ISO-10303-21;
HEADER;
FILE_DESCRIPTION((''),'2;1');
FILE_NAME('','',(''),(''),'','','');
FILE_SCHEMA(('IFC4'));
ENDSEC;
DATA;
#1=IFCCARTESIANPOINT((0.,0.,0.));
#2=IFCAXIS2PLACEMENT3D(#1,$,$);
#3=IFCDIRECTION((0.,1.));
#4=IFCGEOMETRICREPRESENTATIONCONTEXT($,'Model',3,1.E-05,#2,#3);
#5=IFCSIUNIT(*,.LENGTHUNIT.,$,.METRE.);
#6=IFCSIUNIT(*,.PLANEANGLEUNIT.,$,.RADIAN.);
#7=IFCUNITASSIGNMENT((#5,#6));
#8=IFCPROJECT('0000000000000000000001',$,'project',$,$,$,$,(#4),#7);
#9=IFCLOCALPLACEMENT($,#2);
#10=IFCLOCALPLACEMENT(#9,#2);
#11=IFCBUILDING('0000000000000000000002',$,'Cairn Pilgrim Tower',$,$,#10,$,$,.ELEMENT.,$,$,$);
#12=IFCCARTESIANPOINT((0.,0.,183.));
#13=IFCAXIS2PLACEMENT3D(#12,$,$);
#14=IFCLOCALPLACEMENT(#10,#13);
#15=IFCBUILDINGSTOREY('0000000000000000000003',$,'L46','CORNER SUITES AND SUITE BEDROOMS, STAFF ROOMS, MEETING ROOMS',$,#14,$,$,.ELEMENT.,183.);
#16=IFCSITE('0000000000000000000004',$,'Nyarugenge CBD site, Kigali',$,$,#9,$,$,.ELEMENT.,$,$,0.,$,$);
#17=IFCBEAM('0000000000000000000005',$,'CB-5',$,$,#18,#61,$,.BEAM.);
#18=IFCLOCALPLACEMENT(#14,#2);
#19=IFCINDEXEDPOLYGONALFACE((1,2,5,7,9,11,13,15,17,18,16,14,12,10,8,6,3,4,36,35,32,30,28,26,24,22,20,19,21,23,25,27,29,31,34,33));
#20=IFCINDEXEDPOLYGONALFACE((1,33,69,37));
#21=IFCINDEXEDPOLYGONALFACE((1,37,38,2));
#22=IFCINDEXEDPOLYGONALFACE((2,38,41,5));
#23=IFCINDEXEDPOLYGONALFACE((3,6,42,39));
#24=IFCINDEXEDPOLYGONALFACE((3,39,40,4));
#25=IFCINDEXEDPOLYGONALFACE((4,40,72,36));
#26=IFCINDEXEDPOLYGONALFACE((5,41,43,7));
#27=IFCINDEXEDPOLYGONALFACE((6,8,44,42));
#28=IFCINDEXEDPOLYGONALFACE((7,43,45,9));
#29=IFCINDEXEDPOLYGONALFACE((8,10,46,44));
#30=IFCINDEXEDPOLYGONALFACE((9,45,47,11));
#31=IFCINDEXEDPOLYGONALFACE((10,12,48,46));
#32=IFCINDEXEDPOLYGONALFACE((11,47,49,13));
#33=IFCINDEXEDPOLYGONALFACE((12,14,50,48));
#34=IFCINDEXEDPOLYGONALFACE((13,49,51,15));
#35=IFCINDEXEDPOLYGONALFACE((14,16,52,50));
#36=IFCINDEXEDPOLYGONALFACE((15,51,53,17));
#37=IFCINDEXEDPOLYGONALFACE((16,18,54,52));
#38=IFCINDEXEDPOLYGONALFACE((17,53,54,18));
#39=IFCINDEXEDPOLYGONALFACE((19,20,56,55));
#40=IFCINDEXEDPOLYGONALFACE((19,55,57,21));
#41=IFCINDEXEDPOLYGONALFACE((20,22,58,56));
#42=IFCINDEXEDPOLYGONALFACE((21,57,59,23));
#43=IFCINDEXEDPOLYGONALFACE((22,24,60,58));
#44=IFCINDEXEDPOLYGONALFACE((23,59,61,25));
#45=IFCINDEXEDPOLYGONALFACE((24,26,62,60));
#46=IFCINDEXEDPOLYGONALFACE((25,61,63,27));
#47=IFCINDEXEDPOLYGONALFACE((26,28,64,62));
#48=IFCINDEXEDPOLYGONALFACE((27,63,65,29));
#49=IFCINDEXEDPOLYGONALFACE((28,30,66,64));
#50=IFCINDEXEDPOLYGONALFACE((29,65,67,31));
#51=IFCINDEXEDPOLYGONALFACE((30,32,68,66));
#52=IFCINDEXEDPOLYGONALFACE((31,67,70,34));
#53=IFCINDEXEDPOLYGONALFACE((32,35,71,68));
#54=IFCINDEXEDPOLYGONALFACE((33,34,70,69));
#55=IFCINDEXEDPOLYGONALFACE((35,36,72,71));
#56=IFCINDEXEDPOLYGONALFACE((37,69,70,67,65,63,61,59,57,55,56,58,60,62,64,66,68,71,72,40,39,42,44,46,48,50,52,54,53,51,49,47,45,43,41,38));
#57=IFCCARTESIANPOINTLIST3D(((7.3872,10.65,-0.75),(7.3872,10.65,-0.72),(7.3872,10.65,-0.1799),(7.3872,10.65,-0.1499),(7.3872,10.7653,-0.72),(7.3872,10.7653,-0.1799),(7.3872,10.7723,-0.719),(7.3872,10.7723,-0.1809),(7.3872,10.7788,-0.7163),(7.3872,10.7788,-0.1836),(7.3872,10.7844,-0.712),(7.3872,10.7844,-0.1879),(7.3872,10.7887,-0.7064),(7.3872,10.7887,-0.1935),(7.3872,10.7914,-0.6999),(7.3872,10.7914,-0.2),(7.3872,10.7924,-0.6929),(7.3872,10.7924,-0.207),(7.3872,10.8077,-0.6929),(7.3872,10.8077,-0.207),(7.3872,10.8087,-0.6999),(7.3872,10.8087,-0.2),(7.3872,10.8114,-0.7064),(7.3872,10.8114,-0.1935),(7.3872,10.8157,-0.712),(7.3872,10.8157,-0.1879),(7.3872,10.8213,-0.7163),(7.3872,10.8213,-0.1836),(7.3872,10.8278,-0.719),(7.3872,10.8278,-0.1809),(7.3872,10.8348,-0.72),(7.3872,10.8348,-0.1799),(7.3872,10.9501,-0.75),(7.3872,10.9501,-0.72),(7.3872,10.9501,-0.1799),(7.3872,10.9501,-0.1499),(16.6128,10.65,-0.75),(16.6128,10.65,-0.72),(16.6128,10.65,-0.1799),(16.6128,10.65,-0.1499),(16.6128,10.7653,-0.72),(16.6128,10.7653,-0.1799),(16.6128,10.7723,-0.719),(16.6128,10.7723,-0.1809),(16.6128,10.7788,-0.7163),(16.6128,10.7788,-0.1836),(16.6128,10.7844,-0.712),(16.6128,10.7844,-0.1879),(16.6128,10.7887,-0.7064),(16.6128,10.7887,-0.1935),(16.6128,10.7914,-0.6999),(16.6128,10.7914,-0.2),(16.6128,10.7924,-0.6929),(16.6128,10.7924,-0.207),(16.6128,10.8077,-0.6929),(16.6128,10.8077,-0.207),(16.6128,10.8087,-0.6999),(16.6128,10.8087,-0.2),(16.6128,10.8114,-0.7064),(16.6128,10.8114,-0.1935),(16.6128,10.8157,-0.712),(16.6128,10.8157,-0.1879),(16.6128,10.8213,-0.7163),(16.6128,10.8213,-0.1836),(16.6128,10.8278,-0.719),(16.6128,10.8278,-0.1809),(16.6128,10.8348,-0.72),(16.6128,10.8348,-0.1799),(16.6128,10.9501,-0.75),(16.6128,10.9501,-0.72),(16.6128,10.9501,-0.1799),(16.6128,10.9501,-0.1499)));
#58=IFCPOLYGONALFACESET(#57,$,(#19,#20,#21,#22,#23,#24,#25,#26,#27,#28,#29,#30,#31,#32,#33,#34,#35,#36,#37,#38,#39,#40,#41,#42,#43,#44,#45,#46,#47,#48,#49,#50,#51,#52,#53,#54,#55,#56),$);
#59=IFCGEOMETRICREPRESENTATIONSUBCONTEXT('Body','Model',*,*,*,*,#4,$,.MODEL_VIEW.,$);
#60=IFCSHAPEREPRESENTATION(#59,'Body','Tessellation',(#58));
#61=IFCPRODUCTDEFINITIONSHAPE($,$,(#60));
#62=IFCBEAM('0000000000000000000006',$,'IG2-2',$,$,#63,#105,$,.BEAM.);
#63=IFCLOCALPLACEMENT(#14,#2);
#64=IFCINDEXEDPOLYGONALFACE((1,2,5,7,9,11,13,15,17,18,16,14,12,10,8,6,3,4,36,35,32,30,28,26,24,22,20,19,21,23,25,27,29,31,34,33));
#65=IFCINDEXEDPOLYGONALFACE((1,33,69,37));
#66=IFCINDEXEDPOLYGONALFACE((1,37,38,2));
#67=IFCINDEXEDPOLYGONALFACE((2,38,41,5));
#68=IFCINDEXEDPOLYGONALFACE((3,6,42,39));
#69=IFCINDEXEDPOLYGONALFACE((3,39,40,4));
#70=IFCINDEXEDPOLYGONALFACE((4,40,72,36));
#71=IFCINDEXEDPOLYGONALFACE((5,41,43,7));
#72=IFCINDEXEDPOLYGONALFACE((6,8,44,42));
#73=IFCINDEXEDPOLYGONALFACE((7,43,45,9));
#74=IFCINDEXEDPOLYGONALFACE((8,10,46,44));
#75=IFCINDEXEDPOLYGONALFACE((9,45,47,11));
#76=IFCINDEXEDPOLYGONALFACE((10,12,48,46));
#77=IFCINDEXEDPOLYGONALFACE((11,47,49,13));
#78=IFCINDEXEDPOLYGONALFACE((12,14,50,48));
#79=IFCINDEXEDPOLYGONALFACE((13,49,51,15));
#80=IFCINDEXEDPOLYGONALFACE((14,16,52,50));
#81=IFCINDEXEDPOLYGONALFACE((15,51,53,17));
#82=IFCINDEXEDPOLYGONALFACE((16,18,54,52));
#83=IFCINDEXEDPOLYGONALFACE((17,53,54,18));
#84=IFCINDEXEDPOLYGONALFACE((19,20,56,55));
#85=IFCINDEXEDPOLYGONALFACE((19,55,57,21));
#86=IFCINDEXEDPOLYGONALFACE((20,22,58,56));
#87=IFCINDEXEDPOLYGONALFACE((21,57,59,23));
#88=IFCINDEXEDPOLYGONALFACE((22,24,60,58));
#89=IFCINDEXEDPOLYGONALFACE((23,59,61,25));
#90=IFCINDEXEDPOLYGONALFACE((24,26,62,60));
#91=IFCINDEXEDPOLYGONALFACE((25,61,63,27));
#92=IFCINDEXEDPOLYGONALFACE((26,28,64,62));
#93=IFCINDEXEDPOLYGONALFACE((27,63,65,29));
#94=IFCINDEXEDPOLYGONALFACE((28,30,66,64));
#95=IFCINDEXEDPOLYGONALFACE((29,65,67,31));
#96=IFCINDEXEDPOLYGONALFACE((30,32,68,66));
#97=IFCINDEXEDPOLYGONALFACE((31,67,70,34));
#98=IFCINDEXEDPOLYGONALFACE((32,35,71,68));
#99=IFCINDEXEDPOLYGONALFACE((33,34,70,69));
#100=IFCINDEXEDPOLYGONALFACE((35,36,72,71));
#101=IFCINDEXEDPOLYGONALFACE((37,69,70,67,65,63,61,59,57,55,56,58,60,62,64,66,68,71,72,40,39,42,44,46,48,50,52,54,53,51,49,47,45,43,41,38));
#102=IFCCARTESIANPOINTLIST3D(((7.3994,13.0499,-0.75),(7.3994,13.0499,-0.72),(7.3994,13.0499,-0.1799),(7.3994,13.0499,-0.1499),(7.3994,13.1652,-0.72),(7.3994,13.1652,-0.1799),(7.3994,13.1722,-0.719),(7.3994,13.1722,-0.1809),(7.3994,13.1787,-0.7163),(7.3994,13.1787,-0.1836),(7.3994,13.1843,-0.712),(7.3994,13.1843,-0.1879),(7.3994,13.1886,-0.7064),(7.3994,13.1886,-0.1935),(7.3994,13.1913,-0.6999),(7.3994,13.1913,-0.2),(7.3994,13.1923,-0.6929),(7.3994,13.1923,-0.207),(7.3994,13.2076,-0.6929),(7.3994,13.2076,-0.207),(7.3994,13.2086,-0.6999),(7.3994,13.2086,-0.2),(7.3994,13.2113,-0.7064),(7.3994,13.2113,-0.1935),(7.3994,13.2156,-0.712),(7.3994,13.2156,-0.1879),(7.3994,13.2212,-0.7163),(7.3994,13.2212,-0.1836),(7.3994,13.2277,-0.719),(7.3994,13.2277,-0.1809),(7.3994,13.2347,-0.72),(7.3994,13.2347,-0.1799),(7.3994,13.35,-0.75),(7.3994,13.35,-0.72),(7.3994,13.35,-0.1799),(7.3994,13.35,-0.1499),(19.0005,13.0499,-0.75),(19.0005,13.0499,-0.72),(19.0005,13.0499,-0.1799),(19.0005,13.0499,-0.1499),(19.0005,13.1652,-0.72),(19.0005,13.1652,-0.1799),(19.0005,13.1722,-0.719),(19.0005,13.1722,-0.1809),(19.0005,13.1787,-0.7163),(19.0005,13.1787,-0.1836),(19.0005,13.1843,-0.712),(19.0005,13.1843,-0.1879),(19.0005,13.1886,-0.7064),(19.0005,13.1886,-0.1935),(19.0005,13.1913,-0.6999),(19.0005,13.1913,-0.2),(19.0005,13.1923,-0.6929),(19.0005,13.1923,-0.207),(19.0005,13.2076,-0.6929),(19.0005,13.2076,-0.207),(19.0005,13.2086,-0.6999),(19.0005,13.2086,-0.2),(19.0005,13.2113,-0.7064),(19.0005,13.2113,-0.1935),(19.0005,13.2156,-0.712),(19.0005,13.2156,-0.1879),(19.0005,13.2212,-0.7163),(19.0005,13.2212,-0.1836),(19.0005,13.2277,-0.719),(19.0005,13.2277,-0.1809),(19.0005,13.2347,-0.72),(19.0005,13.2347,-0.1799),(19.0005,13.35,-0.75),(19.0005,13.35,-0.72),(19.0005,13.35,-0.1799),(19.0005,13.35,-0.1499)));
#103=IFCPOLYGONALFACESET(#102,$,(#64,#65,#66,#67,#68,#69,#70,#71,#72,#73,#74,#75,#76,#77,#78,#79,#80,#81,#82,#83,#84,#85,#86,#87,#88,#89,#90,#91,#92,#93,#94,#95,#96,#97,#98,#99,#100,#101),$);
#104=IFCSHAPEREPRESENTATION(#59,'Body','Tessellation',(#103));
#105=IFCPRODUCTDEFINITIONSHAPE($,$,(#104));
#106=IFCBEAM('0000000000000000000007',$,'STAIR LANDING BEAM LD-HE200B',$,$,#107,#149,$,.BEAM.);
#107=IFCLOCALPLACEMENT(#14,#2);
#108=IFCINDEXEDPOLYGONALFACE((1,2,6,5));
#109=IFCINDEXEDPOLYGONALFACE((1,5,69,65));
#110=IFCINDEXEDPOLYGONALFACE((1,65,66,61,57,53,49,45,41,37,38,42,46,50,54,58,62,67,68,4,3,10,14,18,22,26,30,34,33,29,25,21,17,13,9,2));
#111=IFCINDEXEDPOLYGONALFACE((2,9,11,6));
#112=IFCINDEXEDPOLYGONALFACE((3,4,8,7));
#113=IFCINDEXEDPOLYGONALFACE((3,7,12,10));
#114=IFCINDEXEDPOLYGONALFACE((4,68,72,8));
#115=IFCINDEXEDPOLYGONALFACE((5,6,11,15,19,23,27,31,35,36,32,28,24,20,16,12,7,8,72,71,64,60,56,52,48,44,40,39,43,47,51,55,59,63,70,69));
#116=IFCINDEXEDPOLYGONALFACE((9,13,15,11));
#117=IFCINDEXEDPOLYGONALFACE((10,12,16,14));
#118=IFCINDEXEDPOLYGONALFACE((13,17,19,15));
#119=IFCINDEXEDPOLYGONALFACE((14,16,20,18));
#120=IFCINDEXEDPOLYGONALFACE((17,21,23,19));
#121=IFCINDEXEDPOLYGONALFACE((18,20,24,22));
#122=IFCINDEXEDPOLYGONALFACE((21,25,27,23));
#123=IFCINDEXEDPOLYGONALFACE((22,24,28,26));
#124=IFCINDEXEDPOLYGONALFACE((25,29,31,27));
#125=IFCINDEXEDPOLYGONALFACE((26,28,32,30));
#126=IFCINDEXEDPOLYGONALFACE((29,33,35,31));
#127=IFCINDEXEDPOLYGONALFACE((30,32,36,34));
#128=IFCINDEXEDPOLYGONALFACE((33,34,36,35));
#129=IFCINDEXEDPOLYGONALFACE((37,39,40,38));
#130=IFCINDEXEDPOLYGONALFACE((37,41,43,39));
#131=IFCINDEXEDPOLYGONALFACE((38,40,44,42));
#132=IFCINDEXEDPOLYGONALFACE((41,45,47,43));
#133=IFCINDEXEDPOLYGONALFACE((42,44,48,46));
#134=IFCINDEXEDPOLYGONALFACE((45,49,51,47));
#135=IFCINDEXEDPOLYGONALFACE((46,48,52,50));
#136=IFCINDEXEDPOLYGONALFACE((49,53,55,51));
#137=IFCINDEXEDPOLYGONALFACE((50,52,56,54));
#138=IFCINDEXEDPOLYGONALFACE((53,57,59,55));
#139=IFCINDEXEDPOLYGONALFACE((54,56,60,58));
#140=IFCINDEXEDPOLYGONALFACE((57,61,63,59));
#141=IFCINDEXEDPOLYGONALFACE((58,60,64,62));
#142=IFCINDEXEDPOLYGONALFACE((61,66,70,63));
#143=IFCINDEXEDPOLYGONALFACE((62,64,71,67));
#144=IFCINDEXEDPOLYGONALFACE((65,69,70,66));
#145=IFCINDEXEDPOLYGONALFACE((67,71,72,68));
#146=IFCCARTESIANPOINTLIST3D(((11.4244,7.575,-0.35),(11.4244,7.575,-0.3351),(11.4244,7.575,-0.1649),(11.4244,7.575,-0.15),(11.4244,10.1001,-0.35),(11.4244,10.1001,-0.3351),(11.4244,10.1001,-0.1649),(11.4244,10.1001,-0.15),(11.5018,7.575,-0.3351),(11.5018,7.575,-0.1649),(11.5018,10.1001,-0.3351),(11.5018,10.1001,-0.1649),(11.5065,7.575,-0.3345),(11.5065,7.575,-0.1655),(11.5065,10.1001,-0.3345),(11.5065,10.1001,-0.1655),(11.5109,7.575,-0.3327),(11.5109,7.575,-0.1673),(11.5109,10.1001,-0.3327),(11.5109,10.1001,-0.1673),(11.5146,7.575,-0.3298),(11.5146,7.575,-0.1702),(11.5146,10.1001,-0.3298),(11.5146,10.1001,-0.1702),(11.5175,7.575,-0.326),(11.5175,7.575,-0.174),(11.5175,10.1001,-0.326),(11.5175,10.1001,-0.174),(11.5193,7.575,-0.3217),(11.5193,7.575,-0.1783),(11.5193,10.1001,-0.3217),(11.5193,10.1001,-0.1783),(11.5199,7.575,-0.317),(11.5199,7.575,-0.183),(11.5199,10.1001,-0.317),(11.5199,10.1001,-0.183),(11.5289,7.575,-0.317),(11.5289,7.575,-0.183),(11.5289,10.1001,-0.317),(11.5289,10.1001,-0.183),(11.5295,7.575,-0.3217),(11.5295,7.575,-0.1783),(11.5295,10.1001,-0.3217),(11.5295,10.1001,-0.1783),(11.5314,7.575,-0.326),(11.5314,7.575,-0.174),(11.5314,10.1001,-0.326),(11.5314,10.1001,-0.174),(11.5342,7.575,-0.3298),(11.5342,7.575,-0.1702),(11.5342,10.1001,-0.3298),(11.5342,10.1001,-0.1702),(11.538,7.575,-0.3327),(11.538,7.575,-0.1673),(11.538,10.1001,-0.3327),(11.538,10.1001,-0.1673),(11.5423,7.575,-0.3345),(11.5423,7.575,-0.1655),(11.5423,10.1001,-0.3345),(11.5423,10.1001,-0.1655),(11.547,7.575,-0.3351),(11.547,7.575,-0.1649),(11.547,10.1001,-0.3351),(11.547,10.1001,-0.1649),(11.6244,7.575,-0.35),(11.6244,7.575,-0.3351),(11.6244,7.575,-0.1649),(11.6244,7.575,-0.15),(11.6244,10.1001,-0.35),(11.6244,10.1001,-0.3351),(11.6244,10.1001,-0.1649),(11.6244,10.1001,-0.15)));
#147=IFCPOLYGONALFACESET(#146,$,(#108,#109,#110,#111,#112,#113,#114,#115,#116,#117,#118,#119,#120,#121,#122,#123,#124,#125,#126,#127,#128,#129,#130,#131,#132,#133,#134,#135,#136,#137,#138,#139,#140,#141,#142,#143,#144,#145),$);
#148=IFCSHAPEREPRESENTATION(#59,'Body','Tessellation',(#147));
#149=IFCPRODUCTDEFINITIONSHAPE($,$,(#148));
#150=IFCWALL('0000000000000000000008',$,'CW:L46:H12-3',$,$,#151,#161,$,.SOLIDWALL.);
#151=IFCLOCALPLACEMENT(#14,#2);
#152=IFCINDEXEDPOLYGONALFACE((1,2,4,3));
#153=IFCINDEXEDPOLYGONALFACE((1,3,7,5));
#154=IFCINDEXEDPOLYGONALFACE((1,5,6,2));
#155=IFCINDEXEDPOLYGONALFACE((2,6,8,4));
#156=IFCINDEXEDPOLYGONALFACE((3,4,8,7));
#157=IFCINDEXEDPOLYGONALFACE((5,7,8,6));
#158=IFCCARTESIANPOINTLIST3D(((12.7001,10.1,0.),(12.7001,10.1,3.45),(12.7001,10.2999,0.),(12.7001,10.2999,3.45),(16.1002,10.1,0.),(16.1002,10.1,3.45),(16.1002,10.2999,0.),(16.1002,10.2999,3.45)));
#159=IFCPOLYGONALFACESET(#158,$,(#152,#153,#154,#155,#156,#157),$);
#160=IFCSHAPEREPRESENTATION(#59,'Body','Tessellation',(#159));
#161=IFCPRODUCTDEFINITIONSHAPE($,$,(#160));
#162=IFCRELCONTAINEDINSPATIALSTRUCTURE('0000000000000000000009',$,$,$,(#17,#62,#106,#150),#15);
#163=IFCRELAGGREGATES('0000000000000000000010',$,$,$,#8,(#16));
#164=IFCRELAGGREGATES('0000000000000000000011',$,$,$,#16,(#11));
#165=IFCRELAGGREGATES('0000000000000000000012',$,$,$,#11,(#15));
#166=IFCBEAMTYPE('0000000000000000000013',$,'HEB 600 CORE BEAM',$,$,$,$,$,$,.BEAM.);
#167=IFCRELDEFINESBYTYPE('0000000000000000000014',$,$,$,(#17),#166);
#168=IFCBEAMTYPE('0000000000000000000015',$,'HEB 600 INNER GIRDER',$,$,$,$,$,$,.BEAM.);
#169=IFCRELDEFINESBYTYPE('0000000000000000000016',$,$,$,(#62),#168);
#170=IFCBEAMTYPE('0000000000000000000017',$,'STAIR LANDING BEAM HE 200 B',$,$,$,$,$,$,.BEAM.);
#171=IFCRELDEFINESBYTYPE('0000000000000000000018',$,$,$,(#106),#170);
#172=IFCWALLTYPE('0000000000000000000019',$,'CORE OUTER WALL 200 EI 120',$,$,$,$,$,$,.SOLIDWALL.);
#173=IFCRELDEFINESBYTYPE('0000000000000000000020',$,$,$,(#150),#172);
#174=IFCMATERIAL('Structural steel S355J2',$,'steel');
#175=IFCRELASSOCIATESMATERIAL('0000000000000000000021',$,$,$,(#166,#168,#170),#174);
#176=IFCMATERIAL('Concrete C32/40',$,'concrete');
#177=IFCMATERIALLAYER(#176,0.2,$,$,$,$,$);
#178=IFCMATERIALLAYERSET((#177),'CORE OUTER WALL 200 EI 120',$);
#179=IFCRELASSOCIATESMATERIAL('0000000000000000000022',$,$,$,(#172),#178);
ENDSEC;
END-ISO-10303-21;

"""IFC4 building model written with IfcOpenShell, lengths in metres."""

from ifc_helpers import new_model, si_unit, direction, frame, frame_2d, origin, origin_2d, place, context, subcontext, project, spatial, rectangle, i_section, extrude, material, layer, layer_set, material_profile, profile_set, type_object, element, save


model = new_model("IFC4")

# Units and contexts
model_context = context("Model", 3, precision=1e-05, world=origin(), true_north=direction((0.0, 1.0)))
body_context = subcontext(model_context, "Body", "Model", "MODEL_VIEW")
ifc_project = project(units=[si_unit("LENGTHUNIT", "METRE"), si_unit("PLANEANGLEUNIT", "RADIAN")], contexts=[model_context])

# Site, building, storey
site_placement = place(None, origin())
site = spatial("IfcSite", under=ifc_project, at=site_placement, Name="Nyarugenge CBD site, Kigali", CompositionType="ELEMENT", RefElevation=0.0)
building_placement = place(site_placement, origin())
building = spatial("IfcBuilding", under=site, at=building_placement, Name="Cairn Pilgrim Tower", CompositionType="ELEMENT")
storey_placement = place(building_placement, frame((0.0, 0.0, 183.0)))
storey = spatial("IfcBuildingStorey", under=building, at=storey_placement, Name="L46", Description="CORNER SUITES AND SUITE BEDROOMS, STAFF ROOMS, MEETING ROOMS", CompositionType="ELEMENT", Elevation=183.0)

# Beams
ifc_material_1 = material(Name="Structural steel S355J2", Category="steel")
ifc_material_profile_1 = material_profile(ifc_material_1, i_section(OverallWidth=0.3, OverallDepth=0.6001, WebThickness=0.0154, FlangeThickness=0.03, FilletRadius=0.0271, at=origin_2d()), Name="HEB 600")
ifc_profile_set_1 = profile_set([ifc_material_profile_1], Name="Structural steel S355J2")
beam_type_1 = type_object("IfcBeamType", Name="HEB 600 CORE BEAM", PredefinedType="BEAM", material=ifc_profile_set_1)
beam_1_placement = place(storey_placement, frame((16.6128, 10.8, -0.45), z_axis=(-1.0, 0.0, 0.0), x_axis=(0.0, -1.0, 0.0)))
element("IfcBeam", 1, at=beam_1_placement, inside=storey, type_object=beam_type_1, Name="CB-5", PredefinedType="BEAM", context=body_context, shape_type="SweptSolid", body=[
    extrude(i_section(OverallWidth=0.3, OverallDepth=0.6001, WebThickness=0.0154, FlangeThickness=0.03, FilletRadius=0.0271, at=origin_2d()), origin(), (0.0, 0.0, 1.0), 9.2256),
])
ifc_material_profile_2 = material_profile(ifc_material_1, i_section(OverallWidth=0.3, OverallDepth=0.6001, WebThickness=0.0154, FlangeThickness=0.03, FilletRadius=0.0271, at=origin_2d()), Name="HEB 600")
ifc_profile_set_2 = profile_set([ifc_material_profile_2], Name="Structural steel S355J2")
beam_type_2 = type_object("IfcBeamType", Name="HEB 600 INNER GIRDER", PredefinedType="BEAM", material=ifc_profile_set_2)
beam_2_placement = place(storey_placement, frame((7.3994, 13.2, -0.45), z_axis=(1.0, 0.0, 0.0), x_axis=(0.0, 1.0, 0.0)))
element("IfcBeam", 2, at=beam_2_placement, inside=storey, type_object=beam_type_2, Name="IG2-2", PredefinedType="BEAM", context=body_context, shape_type="SweptSolid", body=[
    extrude(i_section(OverallWidth=0.3, OverallDepth=0.6001, WebThickness=0.0154, FlangeThickness=0.03, FilletRadius=0.0271, at=origin_2d()), origin(), (0.0, 0.0, 1.0), 11.6011),
])
ifc_material_profile_3 = material_profile(ifc_material_1, i_section(OverallWidth=0.2, OverallDepth=0.2, WebThickness=0.009, FlangeThickness=0.0149, FilletRadius=0.0181, at=origin_2d()), Name="HE 200 B")
ifc_profile_set_3 = profile_set([ifc_material_profile_3], Name="Structural steel S355J2")
beam_type_3 = type_object("IfcBeamType", Name="STAIR LANDING BEAM HE 200 B", PredefinedType="BEAM", material=ifc_profile_set_3)
beam_3_placement = place(storey_placement, frame((11.5244, 10.1001, -0.25), z_axis=(0.0, -1.0, 0.0), x_axis=(1.0, 0.0, 0.0)))
element("IfcBeam", 3, at=beam_3_placement, inside=storey, type_object=beam_type_3, Name="STAIR LANDING BEAM LD-HE200B", PredefinedType="BEAM", context=body_context, shape_type="SweptSolid", body=[
    extrude(i_section(OverallWidth=0.2, OverallDepth=0.2, WebThickness=0.009, FlangeThickness=0.0149, FilletRadius=0.0181, at=origin_2d()), origin(), (0.0, 0.0, 1.0), 2.5251),
])

# Wall
ifc_material_2 = material(Name="Concrete C32/40", Category="concrete")
ifc_layer_1 = layer(ifc_material_2, 0.2)
ifc_layer_set_1 = layer_set([ifc_layer_1], Name="CORE OUTER WALL 200 EI 120")
wall_type_1 = type_object("IfcWallType", Name="CORE OUTER WALL 200 EI 120", PredefinedType="SOLIDWALL", material=ifc_layer_set_1)
wall_1_placement = place(storey_placement, frame((12.7, 10.2, 0.0), z_axis=(0.0, 0.0, 1.0), x_axis=(1.0, 0.0, 0.0)))
element("IfcWall", 4, at=wall_1_placement, inside=storey, type_object=wall_type_1, Name="CW:L46:H12-3", PredefinedType="SOLIDWALL", context=body_context, shape_type="SweptSolid", body=[
    extrude(rectangle(XDim=3.4001, YDim=0.2, at=frame_2d((1.7002, 0.0))), origin(), (0.0, 0.0, 1.0), 3.45),
])

save(model, "model.ifc")
